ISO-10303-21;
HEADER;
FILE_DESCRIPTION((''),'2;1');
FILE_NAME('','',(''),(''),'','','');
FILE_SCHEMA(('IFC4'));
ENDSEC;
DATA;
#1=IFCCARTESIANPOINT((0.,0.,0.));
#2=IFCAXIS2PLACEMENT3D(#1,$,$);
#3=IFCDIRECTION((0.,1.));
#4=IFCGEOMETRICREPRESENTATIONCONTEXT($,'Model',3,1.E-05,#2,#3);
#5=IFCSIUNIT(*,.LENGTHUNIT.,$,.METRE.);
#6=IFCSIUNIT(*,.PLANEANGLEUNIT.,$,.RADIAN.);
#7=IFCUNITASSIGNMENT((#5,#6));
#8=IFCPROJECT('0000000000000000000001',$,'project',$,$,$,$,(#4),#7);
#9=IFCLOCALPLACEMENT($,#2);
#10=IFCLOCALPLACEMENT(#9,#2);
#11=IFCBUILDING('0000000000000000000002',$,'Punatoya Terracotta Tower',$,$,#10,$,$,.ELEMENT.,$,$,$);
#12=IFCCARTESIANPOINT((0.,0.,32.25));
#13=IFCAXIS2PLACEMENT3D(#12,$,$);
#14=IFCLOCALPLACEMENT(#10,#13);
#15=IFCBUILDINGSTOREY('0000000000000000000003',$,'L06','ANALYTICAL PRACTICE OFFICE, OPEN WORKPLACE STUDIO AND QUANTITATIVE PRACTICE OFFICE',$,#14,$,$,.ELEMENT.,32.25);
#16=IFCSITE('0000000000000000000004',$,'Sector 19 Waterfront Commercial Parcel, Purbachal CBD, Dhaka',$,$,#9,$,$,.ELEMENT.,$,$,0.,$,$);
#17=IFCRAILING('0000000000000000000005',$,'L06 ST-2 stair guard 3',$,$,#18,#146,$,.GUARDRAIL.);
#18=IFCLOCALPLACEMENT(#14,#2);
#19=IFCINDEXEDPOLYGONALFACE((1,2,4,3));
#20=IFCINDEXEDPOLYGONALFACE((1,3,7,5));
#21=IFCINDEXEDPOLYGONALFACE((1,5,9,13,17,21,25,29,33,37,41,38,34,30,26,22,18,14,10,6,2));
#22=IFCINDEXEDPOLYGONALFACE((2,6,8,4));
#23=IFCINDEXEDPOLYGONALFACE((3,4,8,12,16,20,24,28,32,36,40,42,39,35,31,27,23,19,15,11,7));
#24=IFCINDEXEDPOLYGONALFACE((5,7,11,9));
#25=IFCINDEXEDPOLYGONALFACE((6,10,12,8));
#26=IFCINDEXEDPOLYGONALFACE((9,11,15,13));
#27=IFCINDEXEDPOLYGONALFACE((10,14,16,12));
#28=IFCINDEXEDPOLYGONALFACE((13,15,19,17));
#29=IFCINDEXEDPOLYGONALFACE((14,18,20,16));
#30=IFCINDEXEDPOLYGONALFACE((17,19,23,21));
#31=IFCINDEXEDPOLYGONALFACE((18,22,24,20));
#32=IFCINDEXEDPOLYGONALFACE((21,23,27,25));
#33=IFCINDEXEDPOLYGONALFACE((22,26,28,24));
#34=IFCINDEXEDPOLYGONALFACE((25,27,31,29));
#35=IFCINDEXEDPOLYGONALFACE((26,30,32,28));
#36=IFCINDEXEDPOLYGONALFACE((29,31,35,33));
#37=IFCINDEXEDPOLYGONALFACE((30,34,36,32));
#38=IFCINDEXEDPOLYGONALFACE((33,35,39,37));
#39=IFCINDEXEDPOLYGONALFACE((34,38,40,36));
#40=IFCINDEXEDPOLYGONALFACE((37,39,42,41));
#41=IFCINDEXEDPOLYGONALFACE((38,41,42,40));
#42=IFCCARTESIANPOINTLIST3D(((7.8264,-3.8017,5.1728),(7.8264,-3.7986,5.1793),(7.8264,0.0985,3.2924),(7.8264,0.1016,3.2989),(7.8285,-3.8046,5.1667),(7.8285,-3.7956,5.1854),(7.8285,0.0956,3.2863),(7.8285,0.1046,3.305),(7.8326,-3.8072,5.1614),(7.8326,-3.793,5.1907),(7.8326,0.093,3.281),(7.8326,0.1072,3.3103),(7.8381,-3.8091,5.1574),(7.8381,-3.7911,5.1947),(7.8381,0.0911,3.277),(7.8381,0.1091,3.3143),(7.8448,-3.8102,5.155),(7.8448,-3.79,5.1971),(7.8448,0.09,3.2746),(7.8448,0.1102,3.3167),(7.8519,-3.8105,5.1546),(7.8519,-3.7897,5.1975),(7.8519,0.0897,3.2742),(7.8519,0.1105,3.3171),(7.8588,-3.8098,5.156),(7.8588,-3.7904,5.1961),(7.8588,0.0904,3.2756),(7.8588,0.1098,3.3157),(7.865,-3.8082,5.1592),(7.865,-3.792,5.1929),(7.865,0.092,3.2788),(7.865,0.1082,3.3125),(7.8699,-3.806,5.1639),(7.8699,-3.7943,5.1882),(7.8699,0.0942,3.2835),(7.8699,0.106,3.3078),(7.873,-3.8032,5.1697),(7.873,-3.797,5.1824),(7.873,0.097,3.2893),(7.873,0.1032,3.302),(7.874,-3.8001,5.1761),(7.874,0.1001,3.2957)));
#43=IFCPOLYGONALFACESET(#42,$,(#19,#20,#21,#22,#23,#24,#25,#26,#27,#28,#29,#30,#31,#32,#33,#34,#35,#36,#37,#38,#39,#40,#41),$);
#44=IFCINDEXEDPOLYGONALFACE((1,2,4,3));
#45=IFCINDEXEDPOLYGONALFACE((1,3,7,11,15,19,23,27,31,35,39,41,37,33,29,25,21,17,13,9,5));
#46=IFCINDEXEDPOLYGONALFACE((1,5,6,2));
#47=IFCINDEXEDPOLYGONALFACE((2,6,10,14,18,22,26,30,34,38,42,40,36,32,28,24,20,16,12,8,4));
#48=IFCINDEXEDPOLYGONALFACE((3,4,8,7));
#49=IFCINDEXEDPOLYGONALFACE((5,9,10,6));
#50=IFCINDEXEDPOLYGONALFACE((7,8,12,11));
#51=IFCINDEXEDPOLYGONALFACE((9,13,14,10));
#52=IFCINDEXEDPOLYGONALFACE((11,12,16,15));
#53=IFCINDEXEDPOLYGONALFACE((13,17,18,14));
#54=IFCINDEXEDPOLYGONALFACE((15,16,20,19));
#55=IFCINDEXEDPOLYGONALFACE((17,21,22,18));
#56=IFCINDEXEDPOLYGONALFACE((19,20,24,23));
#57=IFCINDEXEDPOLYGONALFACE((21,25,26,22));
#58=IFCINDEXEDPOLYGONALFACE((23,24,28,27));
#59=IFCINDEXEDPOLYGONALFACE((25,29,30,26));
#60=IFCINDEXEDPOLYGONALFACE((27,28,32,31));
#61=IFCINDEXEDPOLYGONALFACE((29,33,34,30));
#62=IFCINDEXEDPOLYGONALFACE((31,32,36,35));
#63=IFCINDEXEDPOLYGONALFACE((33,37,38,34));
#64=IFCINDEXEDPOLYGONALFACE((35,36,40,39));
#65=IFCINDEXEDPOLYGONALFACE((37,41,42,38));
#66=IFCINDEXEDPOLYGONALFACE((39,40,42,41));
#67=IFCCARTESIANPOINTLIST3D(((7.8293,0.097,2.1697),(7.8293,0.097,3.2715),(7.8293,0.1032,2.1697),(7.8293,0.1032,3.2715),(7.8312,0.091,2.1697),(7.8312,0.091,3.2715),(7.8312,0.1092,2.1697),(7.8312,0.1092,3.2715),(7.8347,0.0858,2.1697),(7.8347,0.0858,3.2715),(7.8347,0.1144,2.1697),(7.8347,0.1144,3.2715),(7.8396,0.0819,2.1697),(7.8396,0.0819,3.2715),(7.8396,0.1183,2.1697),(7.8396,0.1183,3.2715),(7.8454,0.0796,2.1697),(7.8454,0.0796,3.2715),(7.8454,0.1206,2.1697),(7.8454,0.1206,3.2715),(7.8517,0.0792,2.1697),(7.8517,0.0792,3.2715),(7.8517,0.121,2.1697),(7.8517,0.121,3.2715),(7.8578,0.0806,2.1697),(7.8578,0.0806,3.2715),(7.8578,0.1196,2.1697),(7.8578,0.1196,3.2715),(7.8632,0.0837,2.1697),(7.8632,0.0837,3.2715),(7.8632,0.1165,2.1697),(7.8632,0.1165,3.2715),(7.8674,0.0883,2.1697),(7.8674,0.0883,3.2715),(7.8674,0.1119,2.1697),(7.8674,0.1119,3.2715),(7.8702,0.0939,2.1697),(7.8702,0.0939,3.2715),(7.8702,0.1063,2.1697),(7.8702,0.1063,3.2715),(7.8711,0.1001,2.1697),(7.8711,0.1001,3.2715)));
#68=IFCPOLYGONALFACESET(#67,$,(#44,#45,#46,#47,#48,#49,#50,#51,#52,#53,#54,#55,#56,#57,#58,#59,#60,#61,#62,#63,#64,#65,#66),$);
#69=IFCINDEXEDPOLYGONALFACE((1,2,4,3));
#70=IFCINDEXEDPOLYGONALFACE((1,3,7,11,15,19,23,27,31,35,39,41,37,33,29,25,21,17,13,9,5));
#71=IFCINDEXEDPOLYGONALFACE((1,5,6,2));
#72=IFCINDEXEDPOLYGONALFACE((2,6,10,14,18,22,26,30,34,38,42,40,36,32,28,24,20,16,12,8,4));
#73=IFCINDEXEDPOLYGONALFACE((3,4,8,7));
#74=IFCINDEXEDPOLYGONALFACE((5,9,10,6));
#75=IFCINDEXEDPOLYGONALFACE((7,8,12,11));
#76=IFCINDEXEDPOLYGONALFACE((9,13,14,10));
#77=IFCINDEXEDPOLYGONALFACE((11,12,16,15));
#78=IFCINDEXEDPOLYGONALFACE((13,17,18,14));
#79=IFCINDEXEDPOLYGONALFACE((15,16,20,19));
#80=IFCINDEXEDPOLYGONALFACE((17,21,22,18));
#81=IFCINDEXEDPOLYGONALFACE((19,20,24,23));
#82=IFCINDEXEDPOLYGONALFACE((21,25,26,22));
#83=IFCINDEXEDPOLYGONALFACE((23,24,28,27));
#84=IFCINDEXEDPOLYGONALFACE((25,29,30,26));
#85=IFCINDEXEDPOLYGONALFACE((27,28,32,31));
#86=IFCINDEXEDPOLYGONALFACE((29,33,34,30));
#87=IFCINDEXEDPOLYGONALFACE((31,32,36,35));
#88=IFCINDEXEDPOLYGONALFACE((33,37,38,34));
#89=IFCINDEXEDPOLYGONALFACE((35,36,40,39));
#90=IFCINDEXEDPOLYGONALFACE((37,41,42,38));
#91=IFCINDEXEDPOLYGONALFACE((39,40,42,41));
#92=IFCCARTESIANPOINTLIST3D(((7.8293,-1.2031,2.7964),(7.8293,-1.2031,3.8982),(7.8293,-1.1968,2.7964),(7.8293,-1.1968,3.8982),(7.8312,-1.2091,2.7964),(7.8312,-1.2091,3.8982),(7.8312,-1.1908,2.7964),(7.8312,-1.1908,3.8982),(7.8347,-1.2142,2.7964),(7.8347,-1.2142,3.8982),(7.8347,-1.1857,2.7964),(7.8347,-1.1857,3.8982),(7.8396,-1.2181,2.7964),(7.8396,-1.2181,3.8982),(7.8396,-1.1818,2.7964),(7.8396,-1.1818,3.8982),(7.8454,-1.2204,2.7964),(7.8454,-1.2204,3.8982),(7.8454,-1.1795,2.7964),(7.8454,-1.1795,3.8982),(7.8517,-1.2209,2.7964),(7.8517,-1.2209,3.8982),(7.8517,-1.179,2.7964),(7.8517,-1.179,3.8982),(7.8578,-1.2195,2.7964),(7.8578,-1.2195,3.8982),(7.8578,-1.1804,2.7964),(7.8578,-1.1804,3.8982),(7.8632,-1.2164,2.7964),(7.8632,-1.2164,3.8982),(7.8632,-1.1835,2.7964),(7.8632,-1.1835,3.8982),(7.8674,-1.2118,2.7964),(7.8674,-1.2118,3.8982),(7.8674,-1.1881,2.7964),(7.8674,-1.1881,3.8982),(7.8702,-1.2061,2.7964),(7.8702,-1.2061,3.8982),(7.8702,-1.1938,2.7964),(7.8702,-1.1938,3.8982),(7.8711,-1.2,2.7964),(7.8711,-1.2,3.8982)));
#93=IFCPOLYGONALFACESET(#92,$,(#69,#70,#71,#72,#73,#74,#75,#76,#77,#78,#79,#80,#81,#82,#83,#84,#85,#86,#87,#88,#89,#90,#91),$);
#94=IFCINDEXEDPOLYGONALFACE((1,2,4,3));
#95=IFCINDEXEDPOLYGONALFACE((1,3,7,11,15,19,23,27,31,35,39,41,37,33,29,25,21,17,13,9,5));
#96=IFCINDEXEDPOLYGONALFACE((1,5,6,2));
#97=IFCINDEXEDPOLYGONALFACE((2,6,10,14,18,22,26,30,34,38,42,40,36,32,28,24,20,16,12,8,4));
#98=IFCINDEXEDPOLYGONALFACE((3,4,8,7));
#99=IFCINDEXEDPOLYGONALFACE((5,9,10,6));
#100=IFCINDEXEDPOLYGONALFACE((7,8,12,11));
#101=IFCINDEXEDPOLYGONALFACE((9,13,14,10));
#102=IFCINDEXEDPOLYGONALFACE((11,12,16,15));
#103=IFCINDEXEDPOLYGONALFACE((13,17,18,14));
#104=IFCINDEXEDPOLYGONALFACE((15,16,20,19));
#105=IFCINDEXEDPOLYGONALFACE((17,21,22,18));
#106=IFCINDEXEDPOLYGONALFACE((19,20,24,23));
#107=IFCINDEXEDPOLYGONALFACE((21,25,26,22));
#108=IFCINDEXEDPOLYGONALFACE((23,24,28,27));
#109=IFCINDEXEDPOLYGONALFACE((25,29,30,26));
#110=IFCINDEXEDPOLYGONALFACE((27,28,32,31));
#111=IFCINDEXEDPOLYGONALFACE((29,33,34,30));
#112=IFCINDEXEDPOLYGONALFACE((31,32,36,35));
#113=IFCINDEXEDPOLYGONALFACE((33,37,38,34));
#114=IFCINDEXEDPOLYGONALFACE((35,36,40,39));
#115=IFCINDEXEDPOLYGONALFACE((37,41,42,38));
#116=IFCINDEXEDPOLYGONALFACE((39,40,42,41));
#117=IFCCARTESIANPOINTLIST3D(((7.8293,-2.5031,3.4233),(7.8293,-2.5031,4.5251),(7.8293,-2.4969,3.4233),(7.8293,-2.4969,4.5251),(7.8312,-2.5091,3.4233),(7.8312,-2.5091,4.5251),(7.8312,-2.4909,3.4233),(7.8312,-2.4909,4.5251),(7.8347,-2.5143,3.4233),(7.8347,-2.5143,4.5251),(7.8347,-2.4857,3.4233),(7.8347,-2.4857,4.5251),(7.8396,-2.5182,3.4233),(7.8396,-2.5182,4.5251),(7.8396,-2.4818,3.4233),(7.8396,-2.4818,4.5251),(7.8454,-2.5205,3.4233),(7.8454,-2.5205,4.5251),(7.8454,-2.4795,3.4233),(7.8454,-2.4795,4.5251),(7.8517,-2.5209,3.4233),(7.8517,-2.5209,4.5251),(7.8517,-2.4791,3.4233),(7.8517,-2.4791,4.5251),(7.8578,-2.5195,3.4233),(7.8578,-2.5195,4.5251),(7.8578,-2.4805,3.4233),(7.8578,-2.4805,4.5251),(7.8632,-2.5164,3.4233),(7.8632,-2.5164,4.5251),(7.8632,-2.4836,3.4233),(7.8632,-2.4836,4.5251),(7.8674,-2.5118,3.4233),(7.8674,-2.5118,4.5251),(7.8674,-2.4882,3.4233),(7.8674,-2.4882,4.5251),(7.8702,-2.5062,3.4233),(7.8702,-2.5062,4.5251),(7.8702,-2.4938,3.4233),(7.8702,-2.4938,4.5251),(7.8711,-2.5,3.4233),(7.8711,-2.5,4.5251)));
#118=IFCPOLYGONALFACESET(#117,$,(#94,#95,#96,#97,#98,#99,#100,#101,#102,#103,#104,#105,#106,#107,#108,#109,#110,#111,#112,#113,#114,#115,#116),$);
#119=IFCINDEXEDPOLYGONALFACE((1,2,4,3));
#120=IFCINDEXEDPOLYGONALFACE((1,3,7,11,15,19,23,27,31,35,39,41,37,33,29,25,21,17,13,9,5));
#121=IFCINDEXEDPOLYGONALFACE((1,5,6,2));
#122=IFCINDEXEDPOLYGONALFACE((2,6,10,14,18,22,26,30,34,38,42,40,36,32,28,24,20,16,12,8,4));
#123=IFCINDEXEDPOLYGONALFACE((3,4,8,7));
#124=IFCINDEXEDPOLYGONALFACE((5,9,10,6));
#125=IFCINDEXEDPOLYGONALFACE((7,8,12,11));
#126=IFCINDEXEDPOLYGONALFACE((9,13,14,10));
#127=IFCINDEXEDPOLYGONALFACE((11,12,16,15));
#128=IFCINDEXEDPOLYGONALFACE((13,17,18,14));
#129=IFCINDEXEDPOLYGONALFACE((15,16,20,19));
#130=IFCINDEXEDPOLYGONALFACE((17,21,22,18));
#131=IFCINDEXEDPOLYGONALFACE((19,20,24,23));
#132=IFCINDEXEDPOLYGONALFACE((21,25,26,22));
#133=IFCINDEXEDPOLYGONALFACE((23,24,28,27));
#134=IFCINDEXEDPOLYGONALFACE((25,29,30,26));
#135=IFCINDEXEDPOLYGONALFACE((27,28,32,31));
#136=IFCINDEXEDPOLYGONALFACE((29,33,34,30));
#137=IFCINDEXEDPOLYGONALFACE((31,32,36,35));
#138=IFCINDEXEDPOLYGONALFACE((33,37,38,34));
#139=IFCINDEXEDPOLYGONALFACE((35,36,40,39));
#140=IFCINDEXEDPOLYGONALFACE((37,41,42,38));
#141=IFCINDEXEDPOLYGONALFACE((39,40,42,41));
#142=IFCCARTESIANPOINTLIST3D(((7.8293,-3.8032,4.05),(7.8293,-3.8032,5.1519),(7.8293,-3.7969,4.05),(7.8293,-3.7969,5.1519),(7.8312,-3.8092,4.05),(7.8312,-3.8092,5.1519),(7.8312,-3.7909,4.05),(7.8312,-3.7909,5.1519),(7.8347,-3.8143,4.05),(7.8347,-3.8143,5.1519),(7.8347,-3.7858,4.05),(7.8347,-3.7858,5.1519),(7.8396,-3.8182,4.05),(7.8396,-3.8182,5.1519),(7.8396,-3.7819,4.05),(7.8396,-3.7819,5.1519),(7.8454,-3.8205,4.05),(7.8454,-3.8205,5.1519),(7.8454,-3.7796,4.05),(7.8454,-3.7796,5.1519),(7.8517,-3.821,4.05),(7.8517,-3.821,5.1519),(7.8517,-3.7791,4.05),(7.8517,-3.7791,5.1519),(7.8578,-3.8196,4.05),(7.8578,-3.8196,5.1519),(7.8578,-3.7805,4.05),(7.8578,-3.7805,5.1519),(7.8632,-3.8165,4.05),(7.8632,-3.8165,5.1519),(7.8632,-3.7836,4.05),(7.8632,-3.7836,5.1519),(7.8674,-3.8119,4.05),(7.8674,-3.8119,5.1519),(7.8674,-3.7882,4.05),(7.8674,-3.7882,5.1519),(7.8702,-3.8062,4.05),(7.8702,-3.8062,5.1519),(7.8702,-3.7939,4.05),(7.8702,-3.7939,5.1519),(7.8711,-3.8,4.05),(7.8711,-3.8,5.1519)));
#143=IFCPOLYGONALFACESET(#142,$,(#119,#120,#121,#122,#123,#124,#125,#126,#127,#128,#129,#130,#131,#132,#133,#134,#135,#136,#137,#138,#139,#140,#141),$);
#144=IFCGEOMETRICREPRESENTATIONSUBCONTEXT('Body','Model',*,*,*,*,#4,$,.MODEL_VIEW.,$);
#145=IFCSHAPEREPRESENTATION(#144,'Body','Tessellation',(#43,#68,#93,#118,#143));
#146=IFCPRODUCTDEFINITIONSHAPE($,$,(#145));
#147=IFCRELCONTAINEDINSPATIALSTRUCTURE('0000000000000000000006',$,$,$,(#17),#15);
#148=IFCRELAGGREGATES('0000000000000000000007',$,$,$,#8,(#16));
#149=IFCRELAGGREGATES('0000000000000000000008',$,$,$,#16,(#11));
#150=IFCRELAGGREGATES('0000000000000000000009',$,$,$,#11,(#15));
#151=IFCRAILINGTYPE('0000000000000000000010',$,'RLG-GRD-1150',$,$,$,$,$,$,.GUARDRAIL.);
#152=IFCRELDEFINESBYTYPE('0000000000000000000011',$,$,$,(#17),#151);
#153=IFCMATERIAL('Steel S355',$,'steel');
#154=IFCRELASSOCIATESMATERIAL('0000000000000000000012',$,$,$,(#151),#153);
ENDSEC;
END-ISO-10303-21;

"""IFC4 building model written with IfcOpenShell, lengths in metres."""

from ifc_helpers import new_model, si_unit, direction, frame, origin, origin_2d, place, context, subcontext, project, spatial, circle, extrude, material, type_object, element, save


model = new_model("IFC4")

# Units and contexts
model_context = context("Model", 3, precision=1e-05, world=origin(), true_north=direction((0.0, 1.0)))
body_context = subcontext(model_context, "Body", "Model", "MODEL_VIEW")
ifc_project = project(units=[si_unit("LENGTHUNIT", "METRE"), si_unit("PLANEANGLEUNIT", "RADIAN")], contexts=[model_context])

# Site, building, storey
site_placement = place(None, origin())
site = spatial("IfcSite", under=ifc_project, at=site_placement, Name="Sector 19 Waterfront Commercial Parcel, Purbachal CBD, Dhaka", CompositionType="ELEMENT", RefElevation=0.0)
building_placement = place(site_placement, origin())
building = spatial("IfcBuilding", under=site, at=building_placement, Name="Punatoya Terracotta Tower", CompositionType="ELEMENT")
storey_placement = place(building_placement, frame((0.0, 0.0, 32.25)))
storey = spatial("IfcBuildingStorey", under=building, at=storey_placement, Name="L06", Description="ANALYTICAL PRACTICE OFFICE, OPEN WORKPLACE STUDIO AND QUANTITATIVE PRACTICE OFFICE", CompositionType="ELEMENT", Elevation=32.25)

# Shared definitions
ifc_material_1 = material(Name="Steel S355", Category="steel")

# Railing
railing_type_1 = type_object("IfcRailingType", Name="RLG-GRD-1150", PredefinedType="GUARDRAIL", material=ifc_material_1)
railing_1_placement = place(storey_placement, frame((7.8501, 0.1001, 2.1697)))
element("IfcRailing", 1, at=railing_1_placement, inside=storey, type_object=railing_type_1, Name="L06 ST-2 stair guard 3", PredefinedType="GUARDRAIL", context=body_context, shape_type="SweptSolid", body=[
    extrude(circle(Radius=0.0239, at=origin_2d()), frame((0.0, 0.0, 1.126), z_axis=(0.0, -0.900774, 0.434289), x_axis=(1.0, 0.0, 0.0)), (0.0, 0.0, 1.0), 4.3298),
    extrude(circle(Radius=0.021, at=origin_2d()), origin(), (0.0, 0.0, 1.0), 1.1018),
    extrude(circle(Radius=0.021, at=origin_2d()), frame((0.0, -1.3, 0.6267)), (0.0, 0.0, 1.0), 1.1018),
    extrude(circle(Radius=0.021, at=origin_2d()), frame((0.0, -2.6001, 1.2537)), (0.0, 0.0, 1.0), 1.1018),
    extrude(circle(Radius=0.021, at=origin_2d()), frame((0.0, -3.9001, 1.8804)), (0.0, 0.0, 1.0), 1.1018),
])

save(model, "model.ifc")
